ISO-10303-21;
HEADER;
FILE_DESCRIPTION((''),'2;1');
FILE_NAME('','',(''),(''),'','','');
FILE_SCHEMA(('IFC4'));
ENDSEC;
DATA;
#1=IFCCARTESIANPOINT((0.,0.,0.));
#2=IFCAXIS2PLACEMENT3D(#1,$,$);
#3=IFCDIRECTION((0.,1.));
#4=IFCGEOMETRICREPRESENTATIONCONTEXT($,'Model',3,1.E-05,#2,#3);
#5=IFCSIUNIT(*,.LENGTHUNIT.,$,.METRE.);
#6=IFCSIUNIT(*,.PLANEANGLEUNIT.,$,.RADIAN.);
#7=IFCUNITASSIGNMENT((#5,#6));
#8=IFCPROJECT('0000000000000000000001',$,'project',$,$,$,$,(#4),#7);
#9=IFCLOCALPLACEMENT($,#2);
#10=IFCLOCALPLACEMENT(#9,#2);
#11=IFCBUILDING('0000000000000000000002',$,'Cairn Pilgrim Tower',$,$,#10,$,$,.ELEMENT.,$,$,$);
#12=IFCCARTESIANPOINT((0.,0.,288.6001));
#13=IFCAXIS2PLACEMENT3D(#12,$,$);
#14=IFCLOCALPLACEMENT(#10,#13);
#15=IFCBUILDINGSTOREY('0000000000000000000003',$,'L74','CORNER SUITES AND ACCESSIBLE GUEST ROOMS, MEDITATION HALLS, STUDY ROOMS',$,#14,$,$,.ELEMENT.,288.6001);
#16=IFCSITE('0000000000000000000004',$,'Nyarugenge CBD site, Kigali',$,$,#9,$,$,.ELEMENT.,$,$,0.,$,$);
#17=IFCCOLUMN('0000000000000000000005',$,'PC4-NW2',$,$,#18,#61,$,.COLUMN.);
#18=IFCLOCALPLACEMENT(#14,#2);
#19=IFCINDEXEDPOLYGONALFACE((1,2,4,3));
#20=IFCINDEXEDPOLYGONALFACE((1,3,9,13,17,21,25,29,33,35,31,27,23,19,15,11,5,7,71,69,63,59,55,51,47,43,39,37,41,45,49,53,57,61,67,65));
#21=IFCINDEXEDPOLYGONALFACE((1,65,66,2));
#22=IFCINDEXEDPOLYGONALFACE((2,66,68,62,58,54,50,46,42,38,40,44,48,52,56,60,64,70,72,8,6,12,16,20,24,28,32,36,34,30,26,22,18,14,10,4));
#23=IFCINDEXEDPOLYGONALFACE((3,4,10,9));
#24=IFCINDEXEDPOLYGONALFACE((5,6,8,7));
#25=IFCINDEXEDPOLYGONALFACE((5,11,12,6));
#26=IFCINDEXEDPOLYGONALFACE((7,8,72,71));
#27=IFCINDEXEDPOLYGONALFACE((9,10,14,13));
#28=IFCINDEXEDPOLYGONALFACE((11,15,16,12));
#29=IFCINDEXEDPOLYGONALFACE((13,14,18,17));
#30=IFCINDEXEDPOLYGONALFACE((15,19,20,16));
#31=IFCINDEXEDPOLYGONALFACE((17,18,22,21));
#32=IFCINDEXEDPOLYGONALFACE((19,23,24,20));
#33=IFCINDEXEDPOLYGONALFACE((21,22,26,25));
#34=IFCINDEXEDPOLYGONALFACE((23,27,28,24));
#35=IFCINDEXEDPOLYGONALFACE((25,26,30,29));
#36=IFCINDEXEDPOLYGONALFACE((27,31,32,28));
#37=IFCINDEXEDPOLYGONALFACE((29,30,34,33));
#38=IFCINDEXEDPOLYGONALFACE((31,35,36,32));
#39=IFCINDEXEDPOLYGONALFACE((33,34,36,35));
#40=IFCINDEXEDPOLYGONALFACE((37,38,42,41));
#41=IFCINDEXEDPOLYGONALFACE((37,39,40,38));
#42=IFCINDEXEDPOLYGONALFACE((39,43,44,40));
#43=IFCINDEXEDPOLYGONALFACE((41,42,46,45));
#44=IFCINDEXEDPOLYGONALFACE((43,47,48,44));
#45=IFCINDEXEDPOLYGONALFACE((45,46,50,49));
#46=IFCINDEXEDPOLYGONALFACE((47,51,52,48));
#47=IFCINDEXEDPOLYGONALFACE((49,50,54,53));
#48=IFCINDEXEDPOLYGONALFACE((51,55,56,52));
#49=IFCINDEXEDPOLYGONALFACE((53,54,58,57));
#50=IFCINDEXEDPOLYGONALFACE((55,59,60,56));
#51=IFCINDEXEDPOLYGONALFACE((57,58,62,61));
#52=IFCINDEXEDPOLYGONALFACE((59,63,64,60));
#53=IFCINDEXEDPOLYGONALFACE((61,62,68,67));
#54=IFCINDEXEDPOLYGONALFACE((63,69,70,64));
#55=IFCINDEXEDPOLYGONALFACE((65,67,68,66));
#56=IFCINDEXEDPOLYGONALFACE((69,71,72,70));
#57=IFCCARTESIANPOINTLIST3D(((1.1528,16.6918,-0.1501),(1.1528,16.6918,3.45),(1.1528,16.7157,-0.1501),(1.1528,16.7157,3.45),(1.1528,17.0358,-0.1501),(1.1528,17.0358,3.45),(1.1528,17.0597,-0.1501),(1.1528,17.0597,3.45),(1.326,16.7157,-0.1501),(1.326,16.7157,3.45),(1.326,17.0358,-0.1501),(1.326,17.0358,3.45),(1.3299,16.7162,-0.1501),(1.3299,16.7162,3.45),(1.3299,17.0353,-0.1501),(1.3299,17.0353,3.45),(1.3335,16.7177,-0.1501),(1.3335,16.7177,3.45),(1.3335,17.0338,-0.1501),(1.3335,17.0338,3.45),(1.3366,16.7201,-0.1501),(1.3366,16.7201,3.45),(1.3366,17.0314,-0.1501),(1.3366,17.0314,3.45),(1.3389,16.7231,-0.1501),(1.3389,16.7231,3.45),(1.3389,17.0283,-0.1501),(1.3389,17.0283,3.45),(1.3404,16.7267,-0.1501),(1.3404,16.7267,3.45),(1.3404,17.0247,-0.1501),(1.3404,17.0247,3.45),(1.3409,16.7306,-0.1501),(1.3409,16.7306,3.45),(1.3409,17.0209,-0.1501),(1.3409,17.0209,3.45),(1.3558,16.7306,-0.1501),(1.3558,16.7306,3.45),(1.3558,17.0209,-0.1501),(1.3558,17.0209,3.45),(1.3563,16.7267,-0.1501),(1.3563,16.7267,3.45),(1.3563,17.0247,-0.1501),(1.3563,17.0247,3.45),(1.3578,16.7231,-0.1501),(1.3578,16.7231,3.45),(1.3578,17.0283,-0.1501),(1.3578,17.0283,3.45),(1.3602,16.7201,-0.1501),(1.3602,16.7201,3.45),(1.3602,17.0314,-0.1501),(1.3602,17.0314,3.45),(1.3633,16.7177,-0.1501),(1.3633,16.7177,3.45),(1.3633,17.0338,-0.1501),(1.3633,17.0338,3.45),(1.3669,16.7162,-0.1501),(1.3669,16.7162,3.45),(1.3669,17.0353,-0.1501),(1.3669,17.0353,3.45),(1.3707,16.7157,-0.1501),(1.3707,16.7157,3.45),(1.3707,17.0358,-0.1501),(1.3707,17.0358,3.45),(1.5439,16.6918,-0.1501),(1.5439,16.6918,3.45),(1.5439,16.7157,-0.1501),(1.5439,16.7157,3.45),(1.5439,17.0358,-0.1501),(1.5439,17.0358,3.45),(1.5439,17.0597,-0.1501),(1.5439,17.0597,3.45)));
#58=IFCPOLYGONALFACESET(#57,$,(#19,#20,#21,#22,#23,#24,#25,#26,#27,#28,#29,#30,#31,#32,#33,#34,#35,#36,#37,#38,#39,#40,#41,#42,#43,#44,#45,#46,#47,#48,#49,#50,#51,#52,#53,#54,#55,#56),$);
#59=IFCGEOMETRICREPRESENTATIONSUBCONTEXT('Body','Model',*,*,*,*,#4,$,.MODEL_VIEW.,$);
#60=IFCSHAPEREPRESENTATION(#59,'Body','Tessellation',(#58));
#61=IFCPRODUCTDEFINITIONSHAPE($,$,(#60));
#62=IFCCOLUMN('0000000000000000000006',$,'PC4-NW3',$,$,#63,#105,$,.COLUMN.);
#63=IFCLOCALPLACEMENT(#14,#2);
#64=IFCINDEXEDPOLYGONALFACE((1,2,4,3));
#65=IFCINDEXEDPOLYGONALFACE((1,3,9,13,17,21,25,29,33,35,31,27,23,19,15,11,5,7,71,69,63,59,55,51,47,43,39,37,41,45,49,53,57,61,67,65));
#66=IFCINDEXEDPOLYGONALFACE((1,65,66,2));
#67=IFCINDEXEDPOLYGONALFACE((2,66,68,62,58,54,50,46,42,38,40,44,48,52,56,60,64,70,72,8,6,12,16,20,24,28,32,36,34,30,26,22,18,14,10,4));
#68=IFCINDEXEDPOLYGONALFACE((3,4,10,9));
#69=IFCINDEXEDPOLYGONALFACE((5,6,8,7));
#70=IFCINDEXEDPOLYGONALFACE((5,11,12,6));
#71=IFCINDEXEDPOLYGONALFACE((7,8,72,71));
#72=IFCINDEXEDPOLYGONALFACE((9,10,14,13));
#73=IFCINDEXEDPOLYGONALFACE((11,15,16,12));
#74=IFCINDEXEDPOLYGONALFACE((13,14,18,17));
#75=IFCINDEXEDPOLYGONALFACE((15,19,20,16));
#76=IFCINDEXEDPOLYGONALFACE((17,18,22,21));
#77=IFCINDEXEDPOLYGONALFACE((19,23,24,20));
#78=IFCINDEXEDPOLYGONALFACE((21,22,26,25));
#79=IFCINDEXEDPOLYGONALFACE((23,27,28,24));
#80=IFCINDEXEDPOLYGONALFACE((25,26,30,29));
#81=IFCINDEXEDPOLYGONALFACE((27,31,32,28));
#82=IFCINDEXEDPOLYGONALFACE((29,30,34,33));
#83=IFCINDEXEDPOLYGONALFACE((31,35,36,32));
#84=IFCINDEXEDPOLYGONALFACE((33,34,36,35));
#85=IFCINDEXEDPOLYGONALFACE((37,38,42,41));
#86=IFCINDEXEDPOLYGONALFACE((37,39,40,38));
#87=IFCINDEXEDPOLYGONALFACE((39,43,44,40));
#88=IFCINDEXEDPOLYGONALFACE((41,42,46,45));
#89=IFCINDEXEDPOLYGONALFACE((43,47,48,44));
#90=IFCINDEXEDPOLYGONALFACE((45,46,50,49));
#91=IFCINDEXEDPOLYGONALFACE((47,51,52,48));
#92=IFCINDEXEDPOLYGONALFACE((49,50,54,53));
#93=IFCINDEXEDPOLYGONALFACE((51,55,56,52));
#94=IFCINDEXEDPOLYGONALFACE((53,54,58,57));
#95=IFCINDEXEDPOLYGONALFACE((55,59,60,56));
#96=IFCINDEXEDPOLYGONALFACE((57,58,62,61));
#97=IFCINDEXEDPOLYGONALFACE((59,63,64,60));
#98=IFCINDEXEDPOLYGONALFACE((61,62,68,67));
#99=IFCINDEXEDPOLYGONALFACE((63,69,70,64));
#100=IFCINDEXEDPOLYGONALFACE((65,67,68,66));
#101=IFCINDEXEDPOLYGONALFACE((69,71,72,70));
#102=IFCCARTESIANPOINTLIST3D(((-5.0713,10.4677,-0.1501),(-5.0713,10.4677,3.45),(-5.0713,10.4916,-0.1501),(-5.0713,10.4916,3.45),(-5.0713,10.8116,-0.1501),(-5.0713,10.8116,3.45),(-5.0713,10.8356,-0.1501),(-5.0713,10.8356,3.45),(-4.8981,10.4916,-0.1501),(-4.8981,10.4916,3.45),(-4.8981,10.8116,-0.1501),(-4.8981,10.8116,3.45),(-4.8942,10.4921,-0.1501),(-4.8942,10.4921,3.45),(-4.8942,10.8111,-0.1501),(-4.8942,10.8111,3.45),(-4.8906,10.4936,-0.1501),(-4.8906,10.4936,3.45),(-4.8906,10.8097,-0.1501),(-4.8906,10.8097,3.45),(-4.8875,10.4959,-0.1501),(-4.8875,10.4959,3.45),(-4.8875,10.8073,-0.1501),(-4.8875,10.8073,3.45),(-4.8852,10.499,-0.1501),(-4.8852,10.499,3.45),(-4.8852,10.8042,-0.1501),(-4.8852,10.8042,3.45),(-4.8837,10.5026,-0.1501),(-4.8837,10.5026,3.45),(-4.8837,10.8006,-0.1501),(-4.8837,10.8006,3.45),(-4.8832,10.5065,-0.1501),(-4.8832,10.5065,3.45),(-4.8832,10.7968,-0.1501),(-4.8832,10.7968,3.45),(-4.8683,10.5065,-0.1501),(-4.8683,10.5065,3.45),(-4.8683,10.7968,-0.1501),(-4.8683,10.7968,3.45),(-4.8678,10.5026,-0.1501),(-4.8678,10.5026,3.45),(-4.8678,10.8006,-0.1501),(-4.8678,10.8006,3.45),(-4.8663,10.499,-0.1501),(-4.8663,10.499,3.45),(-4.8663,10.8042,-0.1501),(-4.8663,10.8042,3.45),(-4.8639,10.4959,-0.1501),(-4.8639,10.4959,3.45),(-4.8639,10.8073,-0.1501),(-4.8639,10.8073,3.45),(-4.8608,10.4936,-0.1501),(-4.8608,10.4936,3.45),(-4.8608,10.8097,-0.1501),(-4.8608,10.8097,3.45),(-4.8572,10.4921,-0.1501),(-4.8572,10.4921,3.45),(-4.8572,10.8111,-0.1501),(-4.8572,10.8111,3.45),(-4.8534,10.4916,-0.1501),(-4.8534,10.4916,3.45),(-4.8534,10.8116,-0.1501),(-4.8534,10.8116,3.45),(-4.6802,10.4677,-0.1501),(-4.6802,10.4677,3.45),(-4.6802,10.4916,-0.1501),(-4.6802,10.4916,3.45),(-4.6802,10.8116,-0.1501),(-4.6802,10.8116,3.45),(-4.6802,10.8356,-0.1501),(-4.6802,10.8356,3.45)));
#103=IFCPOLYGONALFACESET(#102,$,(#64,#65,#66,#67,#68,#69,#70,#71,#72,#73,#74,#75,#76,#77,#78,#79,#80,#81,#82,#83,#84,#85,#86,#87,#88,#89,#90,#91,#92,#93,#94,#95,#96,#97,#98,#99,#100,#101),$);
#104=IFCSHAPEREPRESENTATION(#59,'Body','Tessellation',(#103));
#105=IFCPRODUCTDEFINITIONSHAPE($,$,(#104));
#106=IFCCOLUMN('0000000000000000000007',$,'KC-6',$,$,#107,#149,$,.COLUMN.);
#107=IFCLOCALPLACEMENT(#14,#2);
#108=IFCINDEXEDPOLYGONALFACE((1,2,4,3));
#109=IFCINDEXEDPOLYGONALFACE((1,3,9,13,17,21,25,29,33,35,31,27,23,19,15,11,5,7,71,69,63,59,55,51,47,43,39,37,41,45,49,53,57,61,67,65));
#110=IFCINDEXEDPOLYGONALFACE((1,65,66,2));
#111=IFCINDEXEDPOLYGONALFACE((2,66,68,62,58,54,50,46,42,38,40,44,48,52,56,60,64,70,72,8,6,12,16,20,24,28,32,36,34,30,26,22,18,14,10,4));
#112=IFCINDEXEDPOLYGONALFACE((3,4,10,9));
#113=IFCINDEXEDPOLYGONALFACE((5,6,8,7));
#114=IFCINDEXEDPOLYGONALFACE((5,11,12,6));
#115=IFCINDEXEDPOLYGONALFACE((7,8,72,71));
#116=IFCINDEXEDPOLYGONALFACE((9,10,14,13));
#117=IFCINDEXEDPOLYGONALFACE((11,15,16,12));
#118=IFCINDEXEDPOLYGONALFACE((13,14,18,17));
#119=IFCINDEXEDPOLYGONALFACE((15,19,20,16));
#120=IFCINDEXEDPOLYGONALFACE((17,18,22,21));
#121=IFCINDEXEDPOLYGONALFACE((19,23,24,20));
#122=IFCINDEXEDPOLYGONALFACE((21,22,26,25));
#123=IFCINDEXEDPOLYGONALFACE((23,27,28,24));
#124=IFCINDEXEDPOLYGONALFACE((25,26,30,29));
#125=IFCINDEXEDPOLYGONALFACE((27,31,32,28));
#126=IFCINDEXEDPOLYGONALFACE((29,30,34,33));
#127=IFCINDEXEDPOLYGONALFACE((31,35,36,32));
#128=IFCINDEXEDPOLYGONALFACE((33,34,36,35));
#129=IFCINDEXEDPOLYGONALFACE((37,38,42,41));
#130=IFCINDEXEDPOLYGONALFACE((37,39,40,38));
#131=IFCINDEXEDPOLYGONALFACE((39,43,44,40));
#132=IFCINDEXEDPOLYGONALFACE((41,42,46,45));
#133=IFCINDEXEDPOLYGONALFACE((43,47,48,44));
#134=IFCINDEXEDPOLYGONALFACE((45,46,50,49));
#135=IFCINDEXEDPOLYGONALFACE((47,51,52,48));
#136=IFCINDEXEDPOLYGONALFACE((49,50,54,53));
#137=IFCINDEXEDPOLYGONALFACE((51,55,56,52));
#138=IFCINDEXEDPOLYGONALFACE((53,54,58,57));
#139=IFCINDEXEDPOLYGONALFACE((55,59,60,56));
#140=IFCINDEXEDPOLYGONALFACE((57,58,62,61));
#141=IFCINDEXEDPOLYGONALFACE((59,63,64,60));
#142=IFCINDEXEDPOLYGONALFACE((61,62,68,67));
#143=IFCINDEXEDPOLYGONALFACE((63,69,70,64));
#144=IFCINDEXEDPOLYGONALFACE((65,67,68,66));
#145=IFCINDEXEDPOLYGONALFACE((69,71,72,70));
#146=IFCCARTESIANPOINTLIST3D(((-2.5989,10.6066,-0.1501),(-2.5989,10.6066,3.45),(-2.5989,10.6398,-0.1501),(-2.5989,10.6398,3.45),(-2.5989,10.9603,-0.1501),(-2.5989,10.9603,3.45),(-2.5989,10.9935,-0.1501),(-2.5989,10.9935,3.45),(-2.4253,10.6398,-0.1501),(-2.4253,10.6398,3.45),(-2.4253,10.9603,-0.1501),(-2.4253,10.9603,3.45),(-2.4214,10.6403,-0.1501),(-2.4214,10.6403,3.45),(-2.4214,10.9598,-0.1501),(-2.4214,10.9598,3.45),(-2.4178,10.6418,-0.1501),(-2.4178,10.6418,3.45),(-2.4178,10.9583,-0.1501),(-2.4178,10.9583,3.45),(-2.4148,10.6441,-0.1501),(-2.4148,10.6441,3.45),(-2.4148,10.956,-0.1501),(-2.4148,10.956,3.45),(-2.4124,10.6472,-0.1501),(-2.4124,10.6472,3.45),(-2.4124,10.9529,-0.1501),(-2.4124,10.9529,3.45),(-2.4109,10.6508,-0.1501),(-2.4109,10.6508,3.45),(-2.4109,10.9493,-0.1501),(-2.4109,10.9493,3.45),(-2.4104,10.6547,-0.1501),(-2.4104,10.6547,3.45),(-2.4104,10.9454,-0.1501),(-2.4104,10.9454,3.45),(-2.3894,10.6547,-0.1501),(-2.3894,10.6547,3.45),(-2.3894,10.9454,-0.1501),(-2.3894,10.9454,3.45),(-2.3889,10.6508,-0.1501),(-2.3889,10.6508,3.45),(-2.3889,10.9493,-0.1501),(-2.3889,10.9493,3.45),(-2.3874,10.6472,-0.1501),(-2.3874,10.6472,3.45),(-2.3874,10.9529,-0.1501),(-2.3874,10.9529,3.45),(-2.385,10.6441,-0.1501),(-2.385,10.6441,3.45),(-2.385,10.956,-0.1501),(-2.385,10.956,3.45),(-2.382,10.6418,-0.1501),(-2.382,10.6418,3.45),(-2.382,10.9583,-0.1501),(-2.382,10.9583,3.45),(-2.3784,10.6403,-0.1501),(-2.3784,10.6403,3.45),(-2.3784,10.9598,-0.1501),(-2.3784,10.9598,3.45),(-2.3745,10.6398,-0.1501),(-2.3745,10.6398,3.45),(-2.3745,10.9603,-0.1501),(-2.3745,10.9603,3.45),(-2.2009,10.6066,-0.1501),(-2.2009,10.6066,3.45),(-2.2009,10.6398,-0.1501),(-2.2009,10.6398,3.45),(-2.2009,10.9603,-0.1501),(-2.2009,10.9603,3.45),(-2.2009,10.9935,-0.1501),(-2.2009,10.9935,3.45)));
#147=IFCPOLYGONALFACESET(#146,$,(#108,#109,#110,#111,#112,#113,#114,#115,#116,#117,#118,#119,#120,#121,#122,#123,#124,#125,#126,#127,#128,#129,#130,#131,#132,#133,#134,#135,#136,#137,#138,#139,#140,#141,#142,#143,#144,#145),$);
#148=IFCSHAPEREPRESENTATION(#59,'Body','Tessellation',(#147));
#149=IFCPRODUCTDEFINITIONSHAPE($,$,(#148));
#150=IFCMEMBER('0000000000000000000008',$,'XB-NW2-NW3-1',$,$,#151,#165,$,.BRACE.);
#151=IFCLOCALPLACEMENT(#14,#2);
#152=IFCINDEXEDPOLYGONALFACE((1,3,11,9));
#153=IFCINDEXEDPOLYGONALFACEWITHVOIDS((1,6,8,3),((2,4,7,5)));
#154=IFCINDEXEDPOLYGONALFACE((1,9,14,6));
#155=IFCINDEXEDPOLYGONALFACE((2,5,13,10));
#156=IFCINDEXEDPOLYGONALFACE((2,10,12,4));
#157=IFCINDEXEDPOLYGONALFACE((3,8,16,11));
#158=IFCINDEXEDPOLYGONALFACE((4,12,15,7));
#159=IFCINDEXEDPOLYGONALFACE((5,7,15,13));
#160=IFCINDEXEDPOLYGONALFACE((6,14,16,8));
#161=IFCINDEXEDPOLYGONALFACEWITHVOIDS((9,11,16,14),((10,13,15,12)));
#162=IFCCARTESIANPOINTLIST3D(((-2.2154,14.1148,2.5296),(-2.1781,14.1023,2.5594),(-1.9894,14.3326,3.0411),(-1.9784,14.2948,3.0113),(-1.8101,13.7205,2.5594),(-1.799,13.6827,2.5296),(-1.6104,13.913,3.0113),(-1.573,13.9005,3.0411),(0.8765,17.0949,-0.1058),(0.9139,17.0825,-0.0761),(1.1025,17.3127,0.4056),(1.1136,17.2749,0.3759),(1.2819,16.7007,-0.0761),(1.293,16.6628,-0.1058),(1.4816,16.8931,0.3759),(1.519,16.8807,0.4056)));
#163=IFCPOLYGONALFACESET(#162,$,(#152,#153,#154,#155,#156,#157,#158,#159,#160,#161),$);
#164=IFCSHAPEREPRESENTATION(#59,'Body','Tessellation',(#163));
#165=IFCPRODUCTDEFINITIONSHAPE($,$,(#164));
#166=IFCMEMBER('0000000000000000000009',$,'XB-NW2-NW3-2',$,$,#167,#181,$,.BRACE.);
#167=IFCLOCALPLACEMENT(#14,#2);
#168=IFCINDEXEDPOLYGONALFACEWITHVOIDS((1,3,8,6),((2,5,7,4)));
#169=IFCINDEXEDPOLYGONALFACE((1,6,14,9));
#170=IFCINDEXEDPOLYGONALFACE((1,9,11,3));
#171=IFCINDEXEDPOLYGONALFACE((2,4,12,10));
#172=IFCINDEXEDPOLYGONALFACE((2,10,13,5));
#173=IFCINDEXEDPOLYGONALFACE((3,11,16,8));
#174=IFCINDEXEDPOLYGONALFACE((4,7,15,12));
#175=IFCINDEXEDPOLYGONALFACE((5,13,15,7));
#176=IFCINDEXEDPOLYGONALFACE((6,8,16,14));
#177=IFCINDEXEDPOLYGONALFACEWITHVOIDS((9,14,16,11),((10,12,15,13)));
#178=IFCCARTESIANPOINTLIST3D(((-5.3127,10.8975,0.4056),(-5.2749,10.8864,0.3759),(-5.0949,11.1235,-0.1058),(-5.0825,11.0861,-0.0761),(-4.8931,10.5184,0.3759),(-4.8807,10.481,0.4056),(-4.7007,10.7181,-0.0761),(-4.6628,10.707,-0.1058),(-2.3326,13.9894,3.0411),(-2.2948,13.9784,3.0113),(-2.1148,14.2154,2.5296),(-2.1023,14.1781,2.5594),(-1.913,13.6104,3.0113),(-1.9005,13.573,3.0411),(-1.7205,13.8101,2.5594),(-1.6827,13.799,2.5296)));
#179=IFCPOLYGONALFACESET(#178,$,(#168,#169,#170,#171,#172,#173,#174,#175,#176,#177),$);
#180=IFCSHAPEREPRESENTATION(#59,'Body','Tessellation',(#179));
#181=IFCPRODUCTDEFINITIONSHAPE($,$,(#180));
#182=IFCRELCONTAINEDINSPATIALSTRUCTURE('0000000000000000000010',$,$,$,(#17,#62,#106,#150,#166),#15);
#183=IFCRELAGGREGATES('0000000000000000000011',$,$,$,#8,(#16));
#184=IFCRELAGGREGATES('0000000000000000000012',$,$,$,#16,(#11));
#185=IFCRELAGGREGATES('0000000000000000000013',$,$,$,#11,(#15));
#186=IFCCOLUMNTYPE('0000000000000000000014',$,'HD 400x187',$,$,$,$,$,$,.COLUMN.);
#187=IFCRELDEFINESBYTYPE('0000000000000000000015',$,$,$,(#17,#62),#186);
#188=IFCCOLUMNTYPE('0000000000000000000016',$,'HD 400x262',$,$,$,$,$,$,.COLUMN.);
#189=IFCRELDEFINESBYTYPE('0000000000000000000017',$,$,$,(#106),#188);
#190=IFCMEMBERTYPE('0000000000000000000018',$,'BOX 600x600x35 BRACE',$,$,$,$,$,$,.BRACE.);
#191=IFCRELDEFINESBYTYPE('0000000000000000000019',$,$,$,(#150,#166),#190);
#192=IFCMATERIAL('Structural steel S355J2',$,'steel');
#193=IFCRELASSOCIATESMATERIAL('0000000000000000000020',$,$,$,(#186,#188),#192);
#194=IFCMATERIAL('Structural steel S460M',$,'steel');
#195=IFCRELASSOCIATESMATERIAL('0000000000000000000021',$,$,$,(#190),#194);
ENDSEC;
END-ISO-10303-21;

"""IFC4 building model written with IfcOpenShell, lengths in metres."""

from ifc_helpers import new_model, si_unit, direction, frame, origin, origin_2d, place, context, subcontext, project, spatial, hollow_rectangle, i_section, extrude, material, material_profile, profile_set, type_object, element, save


model = new_model("IFC4")

# Units and contexts
model_context = context("Model", 3, precision=1e-05, world=origin(), true_north=direction((0.0, 1.0)))
body_context = subcontext(model_context, "Body", "Model", "MODEL_VIEW")
ifc_project = project(units=[si_unit("LENGTHUNIT", "METRE"), si_unit("PLANEANGLEUNIT", "RADIAN")], contexts=[model_context])

# Site, building, storey
site_placement = place(None, origin())
site = spatial("IfcSite", under=ifc_project, at=site_placement, Name="Nyarugenge CBD site, Kigali", CompositionType="ELEMENT", RefElevation=0.0)
building_placement = place(site_placement, origin())
building = spatial("IfcBuilding", under=site, at=building_placement, Name="Cairn Pilgrim Tower", CompositionType="ELEMENT")
storey_placement = place(building_placement, frame((0.0, 0.0, 288.6001)))
storey = spatial("IfcBuildingStorey", under=building, at=storey_placement, Name="L74", Description="CORNER SUITES AND ACCESSIBLE GUEST ROOMS, MEDITATION HALLS, STUDY ROOMS", CompositionType="ELEMENT", Elevation=288.6001)

# Columns
ifc_material_1 = material(Name="Structural steel S355J2", Category="steel")
ifc_material_profile_1 = material_profile(ifc_material_1, i_section(OverallWidth=0.3911, OverallDepth=0.3679, WebThickness=0.0149, FlangeThickness=0.0239, FilletRadius=0.0149, at=origin_2d()), Name="HD 400x187")
ifc_profile_set_1 = profile_set([ifc_material_profile_1], Name="Structural steel S355J2")
column_type_1 = type_object("IfcColumnType", Name="HD 400x187", PredefinedType="COLUMN", material=ifc_profile_set_1)
for number, where, z_axis, x_axis, name in (
    (1, (1.3484, 16.8757, -0.1501), (0.0, 0.0, 1.0), (1.0, 0.0, 0.0), "PC4-NW2"),
    (2, (-4.8757, 10.6516, -0.1501), (0.0, 0.0, 1.0), (1.0, 0.0, 0.0), "PC4-NW3"),
):
    element("IfcColumn", number, at=place(storey_placement, frame(where, z_axis=z_axis, x_axis=x_axis)), inside=storey, type_object=column_type_1, Name=name, PredefinedType="COLUMN", context=body_context, shape_type="SweptSolid", body=[
        extrude(i_section(OverallWidth=0.3911, OverallDepth=0.3679, WebThickness=0.0149, FlangeThickness=0.0239, FilletRadius=0.0149, at=origin_2d()), origin(), (0.0, 0.0, 1.0), 3.6001),
    ])
ifc_material_profile_2 = material_profile(ifc_material_1, i_section(OverallWidth=0.3979, OverallDepth=0.387, WebThickness=0.021, FlangeThickness=0.0332, FilletRadius=0.0149, at=origin_2d()), Name="HD 400x262")
ifc_profile_set_2 = profile_set([ifc_material_profile_2], Name="Structural steel S355J2")
column_type_2 = type_object("IfcColumnType", Name="HD 400x262", PredefinedType="COLUMN", material=ifc_profile_set_2)
column_placement = place(storey_placement, frame((-2.3999, 10.8, -0.1501), z_axis=(0.0, 0.0, 1.0), x_axis=(1.0, 0.0, 0.0)))
element("IfcColumn", 3, at=column_placement, inside=storey, type_object=column_type_2, Name="KC-6", PredefinedType="COLUMN", context=body_context, shape_type="SweptSolid", body=[
    extrude(i_section(OverallWidth=0.3979, OverallDepth=0.387, WebThickness=0.021, FlangeThickness=0.0332, FilletRadius=0.0149, at=origin_2d()), origin(), (0.0, 0.0, 1.0), 3.6001),
])

# Members
ifc_material_2 = material(Name="Structural steel S460M", Category="steel")
ifc_material_profile_3 = material_profile(ifc_material_2, hollow_rectangle(XDim=0.6001, YDim=0.6001, WallThickness=0.0349, at=origin_2d()), Name="BOX 600x600x35")
ifc_profile_set_3 = profile_set([ifc_material_profile_3], Name="Structural steel S460M")
member_type_1 = type_object("IfcMemberType", Name="BOX 600x600x35 BRACE", PredefinedType="BRACE", material=ifc_profile_set_3)
for number, where, z_axis, x_axis, name in (
    (4, (1.1978, 16.9878, 0.1499), (-0.613661, -0.591469, 0.523053), (0.693968, -0.720006, 0.0), "XB-NW2-NW3-1"),
    (5, (-4.9878, 10.8022, 0.1499), (0.591469, 0.613661, 0.523053), (-0.720006, 0.693968, 0.0), "XB-NW2-NW3-2"),
):
    element("IfcMember", number, at=place(storey_placement, frame(where, z_axis=z_axis, x_axis=x_axis)), inside=storey, type_object=member_type_1, Name=name, PredefinedType="BRACE", context=body_context, shape_type="SweptSolid", body=[
        extrude(hollow_rectangle(XDim=0.6001, YDim=0.6001, WallThickness=0.0349, at=origin_2d()), origin(), (0.0, 0.0, 1.0), 5.0386),
    ])

save(model, "model.ifc")
